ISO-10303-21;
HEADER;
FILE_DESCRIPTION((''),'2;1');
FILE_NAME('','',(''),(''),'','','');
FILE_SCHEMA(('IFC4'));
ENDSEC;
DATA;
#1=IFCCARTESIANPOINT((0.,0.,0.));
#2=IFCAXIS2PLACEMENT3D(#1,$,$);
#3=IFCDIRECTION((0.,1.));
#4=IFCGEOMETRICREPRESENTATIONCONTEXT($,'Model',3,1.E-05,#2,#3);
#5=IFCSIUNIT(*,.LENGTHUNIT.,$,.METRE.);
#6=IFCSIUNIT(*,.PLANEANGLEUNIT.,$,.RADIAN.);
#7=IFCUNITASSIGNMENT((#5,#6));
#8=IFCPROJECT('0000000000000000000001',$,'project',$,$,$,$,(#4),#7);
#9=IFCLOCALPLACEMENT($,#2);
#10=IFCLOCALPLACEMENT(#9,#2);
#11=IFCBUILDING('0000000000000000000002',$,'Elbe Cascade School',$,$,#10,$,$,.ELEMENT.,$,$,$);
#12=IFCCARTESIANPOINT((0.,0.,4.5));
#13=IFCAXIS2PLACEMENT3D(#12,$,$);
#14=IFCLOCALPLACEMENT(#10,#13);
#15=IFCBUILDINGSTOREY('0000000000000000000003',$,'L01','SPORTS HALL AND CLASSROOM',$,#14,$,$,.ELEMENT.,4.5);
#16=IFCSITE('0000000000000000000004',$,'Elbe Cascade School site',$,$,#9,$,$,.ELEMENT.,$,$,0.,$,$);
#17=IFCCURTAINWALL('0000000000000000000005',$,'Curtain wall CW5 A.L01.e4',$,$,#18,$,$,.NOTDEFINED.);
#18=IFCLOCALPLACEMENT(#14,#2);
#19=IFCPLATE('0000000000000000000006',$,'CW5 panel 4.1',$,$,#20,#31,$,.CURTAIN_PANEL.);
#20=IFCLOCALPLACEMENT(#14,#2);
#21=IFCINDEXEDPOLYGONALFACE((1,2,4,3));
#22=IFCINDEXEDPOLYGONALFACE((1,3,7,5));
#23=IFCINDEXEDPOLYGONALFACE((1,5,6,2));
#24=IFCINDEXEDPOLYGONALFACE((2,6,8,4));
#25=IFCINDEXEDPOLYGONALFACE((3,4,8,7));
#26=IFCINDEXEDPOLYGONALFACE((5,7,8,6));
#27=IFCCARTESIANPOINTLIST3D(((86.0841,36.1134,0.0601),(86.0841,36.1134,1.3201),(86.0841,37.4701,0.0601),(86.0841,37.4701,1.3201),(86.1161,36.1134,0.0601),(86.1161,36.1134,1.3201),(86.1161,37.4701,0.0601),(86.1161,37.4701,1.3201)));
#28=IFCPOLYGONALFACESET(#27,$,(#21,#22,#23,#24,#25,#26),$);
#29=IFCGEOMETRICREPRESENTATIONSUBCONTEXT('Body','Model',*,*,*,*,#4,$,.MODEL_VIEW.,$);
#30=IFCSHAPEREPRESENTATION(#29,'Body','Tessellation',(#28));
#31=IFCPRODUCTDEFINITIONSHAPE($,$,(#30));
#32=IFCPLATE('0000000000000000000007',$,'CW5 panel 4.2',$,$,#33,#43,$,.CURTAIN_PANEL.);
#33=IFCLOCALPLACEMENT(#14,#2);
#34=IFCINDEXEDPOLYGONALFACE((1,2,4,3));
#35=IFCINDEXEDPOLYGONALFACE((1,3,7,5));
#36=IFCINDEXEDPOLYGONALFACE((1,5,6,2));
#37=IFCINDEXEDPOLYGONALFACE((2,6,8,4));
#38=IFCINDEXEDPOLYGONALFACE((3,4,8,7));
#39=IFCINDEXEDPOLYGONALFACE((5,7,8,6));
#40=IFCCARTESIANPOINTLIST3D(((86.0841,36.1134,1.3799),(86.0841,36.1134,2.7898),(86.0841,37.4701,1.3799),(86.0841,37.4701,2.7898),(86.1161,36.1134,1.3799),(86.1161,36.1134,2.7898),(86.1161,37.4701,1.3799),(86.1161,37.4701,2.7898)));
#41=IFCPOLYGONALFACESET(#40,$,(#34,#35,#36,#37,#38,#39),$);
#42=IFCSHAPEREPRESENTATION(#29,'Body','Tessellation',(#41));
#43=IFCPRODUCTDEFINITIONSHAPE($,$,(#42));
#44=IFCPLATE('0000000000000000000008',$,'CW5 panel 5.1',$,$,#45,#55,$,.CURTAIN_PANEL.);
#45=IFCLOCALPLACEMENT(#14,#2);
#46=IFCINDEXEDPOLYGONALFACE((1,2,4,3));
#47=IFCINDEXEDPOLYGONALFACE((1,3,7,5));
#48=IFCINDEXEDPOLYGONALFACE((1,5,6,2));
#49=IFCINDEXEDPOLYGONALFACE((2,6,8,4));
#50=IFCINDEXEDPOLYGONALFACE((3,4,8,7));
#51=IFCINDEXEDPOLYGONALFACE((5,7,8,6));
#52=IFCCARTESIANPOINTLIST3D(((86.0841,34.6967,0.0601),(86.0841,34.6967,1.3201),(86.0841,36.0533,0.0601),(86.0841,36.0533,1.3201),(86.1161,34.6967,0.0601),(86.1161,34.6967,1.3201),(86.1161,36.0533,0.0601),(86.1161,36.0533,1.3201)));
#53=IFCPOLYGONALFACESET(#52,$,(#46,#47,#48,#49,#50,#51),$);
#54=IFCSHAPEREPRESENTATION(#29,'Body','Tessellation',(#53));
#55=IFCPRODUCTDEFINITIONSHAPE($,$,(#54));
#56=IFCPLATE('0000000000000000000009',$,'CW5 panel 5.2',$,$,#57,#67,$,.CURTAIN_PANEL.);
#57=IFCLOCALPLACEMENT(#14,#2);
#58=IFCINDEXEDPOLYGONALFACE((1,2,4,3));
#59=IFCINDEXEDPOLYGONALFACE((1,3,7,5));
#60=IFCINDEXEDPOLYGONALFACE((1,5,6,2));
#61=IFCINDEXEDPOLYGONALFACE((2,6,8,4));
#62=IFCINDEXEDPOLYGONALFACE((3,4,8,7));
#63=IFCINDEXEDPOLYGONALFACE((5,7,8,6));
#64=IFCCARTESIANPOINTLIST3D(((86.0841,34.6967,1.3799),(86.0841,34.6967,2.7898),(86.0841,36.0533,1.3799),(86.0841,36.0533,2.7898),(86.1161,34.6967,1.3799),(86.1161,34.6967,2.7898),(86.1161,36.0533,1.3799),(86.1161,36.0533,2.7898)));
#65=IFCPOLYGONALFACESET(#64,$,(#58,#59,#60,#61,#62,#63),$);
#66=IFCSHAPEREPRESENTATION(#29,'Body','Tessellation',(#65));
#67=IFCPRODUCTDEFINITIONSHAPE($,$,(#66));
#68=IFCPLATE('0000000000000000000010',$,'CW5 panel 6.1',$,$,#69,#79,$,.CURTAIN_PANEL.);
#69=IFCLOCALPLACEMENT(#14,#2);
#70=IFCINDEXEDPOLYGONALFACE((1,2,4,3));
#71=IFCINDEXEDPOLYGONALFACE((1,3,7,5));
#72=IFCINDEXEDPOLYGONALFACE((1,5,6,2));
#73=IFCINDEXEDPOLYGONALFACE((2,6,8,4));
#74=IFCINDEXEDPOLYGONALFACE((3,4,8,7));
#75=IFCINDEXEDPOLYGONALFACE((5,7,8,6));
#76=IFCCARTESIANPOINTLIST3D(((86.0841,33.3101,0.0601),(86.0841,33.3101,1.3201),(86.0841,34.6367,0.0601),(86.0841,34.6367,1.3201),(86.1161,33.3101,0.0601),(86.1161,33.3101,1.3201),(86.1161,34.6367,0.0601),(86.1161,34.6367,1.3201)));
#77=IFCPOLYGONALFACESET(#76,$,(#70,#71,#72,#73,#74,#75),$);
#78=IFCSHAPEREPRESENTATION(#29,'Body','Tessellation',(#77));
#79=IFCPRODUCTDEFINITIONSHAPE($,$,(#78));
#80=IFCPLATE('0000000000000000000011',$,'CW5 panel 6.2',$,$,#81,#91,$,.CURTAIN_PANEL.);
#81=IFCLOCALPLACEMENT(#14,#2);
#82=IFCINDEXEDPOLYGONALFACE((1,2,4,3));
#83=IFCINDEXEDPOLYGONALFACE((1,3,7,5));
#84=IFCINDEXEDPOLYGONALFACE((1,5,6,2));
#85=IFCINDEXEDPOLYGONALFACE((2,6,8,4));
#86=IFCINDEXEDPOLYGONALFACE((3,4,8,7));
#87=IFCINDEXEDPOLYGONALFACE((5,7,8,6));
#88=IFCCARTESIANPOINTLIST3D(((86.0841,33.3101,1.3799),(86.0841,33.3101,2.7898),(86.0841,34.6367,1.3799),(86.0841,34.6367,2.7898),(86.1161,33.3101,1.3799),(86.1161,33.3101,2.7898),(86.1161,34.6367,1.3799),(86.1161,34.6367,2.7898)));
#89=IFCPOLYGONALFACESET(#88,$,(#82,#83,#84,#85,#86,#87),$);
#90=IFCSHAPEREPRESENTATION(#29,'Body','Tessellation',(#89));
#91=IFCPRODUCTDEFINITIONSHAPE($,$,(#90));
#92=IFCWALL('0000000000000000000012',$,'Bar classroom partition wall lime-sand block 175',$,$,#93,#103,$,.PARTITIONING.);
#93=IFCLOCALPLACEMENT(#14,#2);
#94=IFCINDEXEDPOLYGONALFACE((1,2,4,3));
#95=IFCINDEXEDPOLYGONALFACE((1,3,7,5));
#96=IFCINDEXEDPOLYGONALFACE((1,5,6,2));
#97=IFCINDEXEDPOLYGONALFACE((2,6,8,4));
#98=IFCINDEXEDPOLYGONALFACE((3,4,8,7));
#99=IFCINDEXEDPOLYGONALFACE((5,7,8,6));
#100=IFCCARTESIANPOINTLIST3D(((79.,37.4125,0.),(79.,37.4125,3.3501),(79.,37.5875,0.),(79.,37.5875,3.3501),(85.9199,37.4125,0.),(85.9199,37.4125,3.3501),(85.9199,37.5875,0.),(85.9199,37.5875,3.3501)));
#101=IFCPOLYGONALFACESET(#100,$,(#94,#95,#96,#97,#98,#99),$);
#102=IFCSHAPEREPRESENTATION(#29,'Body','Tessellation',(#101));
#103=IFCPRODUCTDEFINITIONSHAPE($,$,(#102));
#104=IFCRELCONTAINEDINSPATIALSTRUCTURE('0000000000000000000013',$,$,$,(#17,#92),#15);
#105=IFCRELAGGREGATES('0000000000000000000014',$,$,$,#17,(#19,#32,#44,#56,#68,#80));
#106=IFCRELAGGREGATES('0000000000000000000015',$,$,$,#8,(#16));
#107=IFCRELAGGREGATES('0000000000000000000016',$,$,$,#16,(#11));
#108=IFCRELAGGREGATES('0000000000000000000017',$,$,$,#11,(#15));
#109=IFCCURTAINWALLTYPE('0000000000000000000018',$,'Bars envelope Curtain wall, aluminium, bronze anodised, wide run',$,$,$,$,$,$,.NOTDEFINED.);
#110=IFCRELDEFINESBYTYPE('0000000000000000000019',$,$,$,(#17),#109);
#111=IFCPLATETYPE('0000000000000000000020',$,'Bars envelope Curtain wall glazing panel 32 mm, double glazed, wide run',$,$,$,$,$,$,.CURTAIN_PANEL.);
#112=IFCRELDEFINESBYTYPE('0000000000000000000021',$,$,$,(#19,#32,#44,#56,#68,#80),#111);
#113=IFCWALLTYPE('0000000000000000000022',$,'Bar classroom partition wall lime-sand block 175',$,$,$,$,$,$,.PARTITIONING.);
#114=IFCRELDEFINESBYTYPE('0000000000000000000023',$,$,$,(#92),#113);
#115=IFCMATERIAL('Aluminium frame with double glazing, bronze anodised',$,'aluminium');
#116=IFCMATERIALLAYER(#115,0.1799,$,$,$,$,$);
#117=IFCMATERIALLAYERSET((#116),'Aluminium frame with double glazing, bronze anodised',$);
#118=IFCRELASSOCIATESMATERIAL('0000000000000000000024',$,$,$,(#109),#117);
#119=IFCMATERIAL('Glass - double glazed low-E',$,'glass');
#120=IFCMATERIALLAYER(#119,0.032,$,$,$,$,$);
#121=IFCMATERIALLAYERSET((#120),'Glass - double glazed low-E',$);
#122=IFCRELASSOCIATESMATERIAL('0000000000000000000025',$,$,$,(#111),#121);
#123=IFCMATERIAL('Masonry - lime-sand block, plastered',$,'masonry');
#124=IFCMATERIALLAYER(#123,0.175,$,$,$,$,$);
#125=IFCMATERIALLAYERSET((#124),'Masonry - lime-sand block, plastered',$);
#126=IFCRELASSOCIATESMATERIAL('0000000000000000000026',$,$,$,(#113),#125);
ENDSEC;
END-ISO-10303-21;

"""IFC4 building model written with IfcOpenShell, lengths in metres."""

from ifc_helpers import new_model, si_unit, direction, frame, frame_2d, origin, origin_2d, place, context, subcontext, project, spatial, rectangle, extrude, material, layer, layer_set, type_object, element, aggregate, save


model = new_model("IFC4")

# Units and contexts
model_context = context("Model", 3, precision=1e-05, world=origin(), true_north=direction((0.0, 1.0)))
body_context = subcontext(model_context, "Body", "Model", "MODEL_VIEW")
ifc_project = project(units=[si_unit("LENGTHUNIT", "METRE"), si_unit("PLANEANGLEUNIT", "RADIAN")], contexts=[model_context])

# Site, building, storey
site_placement = place(None, origin())
site = spatial("IfcSite", under=ifc_project, at=site_placement, Name="Elbe Cascade School site", CompositionType="ELEMENT", RefElevation=0.0)
building_placement = place(site_placement, origin())
building = spatial("IfcBuilding", under=site, at=building_placement, Name="Elbe Cascade School", CompositionType="ELEMENT")
storey_placement = place(building_placement, frame((0.0, 0.0, 4.5)))
storey = spatial("IfcBuildingStorey", under=building, at=storey_placement, Name="L01", Description="SPORTS HALL AND CLASSROOM", CompositionType="ELEMENT", Elevation=4.5)

# Curtain wall
ifc_material_1 = material(Name="Aluminium frame with double glazing, bronze anodised", Category="aluminium")
ifc_layer_1 = layer(ifc_material_1, 0.1799)
ifc_layer_set_1 = layer_set([ifc_layer_1], Name="Aluminium frame with double glazing, bronze anodised")
curtain_wall_type = type_object("IfcCurtainWallType", Name="Bars envelope Curtain wall, aluminium, bronze anodised, wide run", PredefinedType="NOTDEFINED", material=ifc_layer_set_1)
curtain_wall_placement = place(storey_placement, origin())
curtain_wall = element("IfcCurtainWall", 1, at=curtain_wall_placement, inside=storey, type_object=curtain_wall_type, Name="Curtain wall CW5 A.L01.e4", PredefinedType="NOTDEFINED")

# Plates
ifc_material_2 = material(Name="Glass - double glazed low-E", Category="glass")
ifc_layer_2 = layer(ifc_material_2, 0.032)
ifc_layer_set_2 = layer_set([ifc_layer_2], Name="Glass - double glazed low-E")
plate_type = type_object("IfcPlateType", Name="Bars envelope Curtain wall glazing panel 32 mm, double glazed, wide run", PredefinedType="CURTAIN_PANEL", material=ifc_layer_set_2)
plate_1_placement = place(storey_placement, frame((86.1001, 36.7917, 0.0601), z_axis=(0.0, 0.0, 1.0), x_axis=(0.0, -1.0, 0.0)))
plate_1 = element("IfcPlate", 2, at=plate_1_placement, type_object=plate_type, Name="CW5 panel 4.1", PredefinedType="CURTAIN_PANEL", context=body_context, shape_type="SweptSolid", body=[
    extrude(rectangle(XDim=1.3567, YDim=0.032, at=origin_2d()), origin(), (0.0, 0.0, 1.0), 1.26),
])
plate_2_placement = place(storey_placement, frame((86.1001, 36.7917, 1.3799), z_axis=(0.0, 0.0, 1.0), x_axis=(0.0, -1.0, 0.0)))
plate_2 = element("IfcPlate", 3, at=plate_2_placement, type_object=plate_type, Name="CW5 panel 4.2", PredefinedType="CURTAIN_PANEL", context=body_context, shape_type="SweptSolid", body=[
    extrude(rectangle(XDim=1.3567, YDim=0.032, at=origin_2d()), origin(), (0.0, 0.0, 1.0), 1.4099),
])
plate_3_placement = place(storey_placement, frame((86.1001, 35.375, 0.0601), z_axis=(0.0, 0.0, 1.0), x_axis=(0.0, -1.0, 0.0)))
plate_3 = element("IfcPlate", 4, at=plate_3_placement, type_object=plate_type, Name="CW5 panel 5.1", PredefinedType="CURTAIN_PANEL", context=body_context, shape_type="SweptSolid", body=[
    extrude(rectangle(XDim=1.3567, YDim=0.032, at=origin_2d()), origin(), (0.0, 0.0, 1.0), 1.26),
])
plate_4_placement = place(storey_placement, frame((86.1001, 35.375, 1.3799), z_axis=(0.0, 0.0, 1.0), x_axis=(0.0, -1.0, 0.0)))
plate_4 = element("IfcPlate", 5, at=plate_4_placement, type_object=plate_type, Name="CW5 panel 5.2", PredefinedType="CURTAIN_PANEL", context=body_context, shape_type="SweptSolid", body=[
    extrude(rectangle(XDim=1.3567, YDim=0.032, at=origin_2d()), origin(), (0.0, 0.0, 1.0), 1.4099),
])
plate_5_placement = place(storey_placement, frame((86.1001, 33.9734, 0.0601), z_axis=(0.0, 0.0, 1.0), x_axis=(0.0, -1.0, 0.0)))
plate_5 = element("IfcPlate", 6, at=plate_5_placement, type_object=plate_type, Name="CW5 panel 6.1", PredefinedType="CURTAIN_PANEL", context=body_context, shape_type="SweptSolid", body=[
    extrude(rectangle(XDim=1.3267, YDim=0.032, at=origin_2d()), origin(), (0.0, 0.0, 1.0), 1.26),
])
plate_6_placement = place(storey_placement, frame((86.1001, 33.9734, 1.3799), z_axis=(0.0, 0.0, 1.0), x_axis=(0.0, -1.0, 0.0)))
plate_6 = element("IfcPlate", 7, at=plate_6_placement, type_object=plate_type, Name="CW5 panel 6.2", PredefinedType="CURTAIN_PANEL", context=body_context, shape_type="SweptSolid", body=[
    extrude(rectangle(XDim=1.3267, YDim=0.032, at=origin_2d()), origin(), (0.0, 0.0, 1.0), 1.4099),
])
aggregate(curtain_wall, [plate_1, plate_2, plate_3, plate_4, plate_5, plate_6])

# Wall
ifc_material_3 = material(Name="Masonry - lime-sand block, plastered", Category="masonry")
ifc_layer_3 = layer(ifc_material_3, 0.175)
ifc_layer_set_3 = layer_set([ifc_layer_3], Name="Masonry - lime-sand block, plastered")
wall_type = type_object("IfcWallType", Name="Bar classroom partition wall lime-sand block 175", PredefinedType="PARTITIONING", material=ifc_layer_set_3)
wall_placement = place(storey_placement, frame((79.0, 37.5, 0.0), z_axis=(0.0, 0.0, 1.0), x_axis=(1.0, 0.0, 0.0)))
element("IfcWall", 8, at=wall_placement, inside=storey, type_object=wall_type, Name="Bar classroom partition wall lime-sand block 175", PredefinedType="PARTITIONING", context=body_context, shape_type="SweptSolid", body=[
    extrude(rectangle(XDim=6.9199, YDim=0.175, at=frame_2d((3.46, 0.0))), origin(), (0.0, 0.0, 1.0), 3.3501),
])

save(model, "model.ifc")
